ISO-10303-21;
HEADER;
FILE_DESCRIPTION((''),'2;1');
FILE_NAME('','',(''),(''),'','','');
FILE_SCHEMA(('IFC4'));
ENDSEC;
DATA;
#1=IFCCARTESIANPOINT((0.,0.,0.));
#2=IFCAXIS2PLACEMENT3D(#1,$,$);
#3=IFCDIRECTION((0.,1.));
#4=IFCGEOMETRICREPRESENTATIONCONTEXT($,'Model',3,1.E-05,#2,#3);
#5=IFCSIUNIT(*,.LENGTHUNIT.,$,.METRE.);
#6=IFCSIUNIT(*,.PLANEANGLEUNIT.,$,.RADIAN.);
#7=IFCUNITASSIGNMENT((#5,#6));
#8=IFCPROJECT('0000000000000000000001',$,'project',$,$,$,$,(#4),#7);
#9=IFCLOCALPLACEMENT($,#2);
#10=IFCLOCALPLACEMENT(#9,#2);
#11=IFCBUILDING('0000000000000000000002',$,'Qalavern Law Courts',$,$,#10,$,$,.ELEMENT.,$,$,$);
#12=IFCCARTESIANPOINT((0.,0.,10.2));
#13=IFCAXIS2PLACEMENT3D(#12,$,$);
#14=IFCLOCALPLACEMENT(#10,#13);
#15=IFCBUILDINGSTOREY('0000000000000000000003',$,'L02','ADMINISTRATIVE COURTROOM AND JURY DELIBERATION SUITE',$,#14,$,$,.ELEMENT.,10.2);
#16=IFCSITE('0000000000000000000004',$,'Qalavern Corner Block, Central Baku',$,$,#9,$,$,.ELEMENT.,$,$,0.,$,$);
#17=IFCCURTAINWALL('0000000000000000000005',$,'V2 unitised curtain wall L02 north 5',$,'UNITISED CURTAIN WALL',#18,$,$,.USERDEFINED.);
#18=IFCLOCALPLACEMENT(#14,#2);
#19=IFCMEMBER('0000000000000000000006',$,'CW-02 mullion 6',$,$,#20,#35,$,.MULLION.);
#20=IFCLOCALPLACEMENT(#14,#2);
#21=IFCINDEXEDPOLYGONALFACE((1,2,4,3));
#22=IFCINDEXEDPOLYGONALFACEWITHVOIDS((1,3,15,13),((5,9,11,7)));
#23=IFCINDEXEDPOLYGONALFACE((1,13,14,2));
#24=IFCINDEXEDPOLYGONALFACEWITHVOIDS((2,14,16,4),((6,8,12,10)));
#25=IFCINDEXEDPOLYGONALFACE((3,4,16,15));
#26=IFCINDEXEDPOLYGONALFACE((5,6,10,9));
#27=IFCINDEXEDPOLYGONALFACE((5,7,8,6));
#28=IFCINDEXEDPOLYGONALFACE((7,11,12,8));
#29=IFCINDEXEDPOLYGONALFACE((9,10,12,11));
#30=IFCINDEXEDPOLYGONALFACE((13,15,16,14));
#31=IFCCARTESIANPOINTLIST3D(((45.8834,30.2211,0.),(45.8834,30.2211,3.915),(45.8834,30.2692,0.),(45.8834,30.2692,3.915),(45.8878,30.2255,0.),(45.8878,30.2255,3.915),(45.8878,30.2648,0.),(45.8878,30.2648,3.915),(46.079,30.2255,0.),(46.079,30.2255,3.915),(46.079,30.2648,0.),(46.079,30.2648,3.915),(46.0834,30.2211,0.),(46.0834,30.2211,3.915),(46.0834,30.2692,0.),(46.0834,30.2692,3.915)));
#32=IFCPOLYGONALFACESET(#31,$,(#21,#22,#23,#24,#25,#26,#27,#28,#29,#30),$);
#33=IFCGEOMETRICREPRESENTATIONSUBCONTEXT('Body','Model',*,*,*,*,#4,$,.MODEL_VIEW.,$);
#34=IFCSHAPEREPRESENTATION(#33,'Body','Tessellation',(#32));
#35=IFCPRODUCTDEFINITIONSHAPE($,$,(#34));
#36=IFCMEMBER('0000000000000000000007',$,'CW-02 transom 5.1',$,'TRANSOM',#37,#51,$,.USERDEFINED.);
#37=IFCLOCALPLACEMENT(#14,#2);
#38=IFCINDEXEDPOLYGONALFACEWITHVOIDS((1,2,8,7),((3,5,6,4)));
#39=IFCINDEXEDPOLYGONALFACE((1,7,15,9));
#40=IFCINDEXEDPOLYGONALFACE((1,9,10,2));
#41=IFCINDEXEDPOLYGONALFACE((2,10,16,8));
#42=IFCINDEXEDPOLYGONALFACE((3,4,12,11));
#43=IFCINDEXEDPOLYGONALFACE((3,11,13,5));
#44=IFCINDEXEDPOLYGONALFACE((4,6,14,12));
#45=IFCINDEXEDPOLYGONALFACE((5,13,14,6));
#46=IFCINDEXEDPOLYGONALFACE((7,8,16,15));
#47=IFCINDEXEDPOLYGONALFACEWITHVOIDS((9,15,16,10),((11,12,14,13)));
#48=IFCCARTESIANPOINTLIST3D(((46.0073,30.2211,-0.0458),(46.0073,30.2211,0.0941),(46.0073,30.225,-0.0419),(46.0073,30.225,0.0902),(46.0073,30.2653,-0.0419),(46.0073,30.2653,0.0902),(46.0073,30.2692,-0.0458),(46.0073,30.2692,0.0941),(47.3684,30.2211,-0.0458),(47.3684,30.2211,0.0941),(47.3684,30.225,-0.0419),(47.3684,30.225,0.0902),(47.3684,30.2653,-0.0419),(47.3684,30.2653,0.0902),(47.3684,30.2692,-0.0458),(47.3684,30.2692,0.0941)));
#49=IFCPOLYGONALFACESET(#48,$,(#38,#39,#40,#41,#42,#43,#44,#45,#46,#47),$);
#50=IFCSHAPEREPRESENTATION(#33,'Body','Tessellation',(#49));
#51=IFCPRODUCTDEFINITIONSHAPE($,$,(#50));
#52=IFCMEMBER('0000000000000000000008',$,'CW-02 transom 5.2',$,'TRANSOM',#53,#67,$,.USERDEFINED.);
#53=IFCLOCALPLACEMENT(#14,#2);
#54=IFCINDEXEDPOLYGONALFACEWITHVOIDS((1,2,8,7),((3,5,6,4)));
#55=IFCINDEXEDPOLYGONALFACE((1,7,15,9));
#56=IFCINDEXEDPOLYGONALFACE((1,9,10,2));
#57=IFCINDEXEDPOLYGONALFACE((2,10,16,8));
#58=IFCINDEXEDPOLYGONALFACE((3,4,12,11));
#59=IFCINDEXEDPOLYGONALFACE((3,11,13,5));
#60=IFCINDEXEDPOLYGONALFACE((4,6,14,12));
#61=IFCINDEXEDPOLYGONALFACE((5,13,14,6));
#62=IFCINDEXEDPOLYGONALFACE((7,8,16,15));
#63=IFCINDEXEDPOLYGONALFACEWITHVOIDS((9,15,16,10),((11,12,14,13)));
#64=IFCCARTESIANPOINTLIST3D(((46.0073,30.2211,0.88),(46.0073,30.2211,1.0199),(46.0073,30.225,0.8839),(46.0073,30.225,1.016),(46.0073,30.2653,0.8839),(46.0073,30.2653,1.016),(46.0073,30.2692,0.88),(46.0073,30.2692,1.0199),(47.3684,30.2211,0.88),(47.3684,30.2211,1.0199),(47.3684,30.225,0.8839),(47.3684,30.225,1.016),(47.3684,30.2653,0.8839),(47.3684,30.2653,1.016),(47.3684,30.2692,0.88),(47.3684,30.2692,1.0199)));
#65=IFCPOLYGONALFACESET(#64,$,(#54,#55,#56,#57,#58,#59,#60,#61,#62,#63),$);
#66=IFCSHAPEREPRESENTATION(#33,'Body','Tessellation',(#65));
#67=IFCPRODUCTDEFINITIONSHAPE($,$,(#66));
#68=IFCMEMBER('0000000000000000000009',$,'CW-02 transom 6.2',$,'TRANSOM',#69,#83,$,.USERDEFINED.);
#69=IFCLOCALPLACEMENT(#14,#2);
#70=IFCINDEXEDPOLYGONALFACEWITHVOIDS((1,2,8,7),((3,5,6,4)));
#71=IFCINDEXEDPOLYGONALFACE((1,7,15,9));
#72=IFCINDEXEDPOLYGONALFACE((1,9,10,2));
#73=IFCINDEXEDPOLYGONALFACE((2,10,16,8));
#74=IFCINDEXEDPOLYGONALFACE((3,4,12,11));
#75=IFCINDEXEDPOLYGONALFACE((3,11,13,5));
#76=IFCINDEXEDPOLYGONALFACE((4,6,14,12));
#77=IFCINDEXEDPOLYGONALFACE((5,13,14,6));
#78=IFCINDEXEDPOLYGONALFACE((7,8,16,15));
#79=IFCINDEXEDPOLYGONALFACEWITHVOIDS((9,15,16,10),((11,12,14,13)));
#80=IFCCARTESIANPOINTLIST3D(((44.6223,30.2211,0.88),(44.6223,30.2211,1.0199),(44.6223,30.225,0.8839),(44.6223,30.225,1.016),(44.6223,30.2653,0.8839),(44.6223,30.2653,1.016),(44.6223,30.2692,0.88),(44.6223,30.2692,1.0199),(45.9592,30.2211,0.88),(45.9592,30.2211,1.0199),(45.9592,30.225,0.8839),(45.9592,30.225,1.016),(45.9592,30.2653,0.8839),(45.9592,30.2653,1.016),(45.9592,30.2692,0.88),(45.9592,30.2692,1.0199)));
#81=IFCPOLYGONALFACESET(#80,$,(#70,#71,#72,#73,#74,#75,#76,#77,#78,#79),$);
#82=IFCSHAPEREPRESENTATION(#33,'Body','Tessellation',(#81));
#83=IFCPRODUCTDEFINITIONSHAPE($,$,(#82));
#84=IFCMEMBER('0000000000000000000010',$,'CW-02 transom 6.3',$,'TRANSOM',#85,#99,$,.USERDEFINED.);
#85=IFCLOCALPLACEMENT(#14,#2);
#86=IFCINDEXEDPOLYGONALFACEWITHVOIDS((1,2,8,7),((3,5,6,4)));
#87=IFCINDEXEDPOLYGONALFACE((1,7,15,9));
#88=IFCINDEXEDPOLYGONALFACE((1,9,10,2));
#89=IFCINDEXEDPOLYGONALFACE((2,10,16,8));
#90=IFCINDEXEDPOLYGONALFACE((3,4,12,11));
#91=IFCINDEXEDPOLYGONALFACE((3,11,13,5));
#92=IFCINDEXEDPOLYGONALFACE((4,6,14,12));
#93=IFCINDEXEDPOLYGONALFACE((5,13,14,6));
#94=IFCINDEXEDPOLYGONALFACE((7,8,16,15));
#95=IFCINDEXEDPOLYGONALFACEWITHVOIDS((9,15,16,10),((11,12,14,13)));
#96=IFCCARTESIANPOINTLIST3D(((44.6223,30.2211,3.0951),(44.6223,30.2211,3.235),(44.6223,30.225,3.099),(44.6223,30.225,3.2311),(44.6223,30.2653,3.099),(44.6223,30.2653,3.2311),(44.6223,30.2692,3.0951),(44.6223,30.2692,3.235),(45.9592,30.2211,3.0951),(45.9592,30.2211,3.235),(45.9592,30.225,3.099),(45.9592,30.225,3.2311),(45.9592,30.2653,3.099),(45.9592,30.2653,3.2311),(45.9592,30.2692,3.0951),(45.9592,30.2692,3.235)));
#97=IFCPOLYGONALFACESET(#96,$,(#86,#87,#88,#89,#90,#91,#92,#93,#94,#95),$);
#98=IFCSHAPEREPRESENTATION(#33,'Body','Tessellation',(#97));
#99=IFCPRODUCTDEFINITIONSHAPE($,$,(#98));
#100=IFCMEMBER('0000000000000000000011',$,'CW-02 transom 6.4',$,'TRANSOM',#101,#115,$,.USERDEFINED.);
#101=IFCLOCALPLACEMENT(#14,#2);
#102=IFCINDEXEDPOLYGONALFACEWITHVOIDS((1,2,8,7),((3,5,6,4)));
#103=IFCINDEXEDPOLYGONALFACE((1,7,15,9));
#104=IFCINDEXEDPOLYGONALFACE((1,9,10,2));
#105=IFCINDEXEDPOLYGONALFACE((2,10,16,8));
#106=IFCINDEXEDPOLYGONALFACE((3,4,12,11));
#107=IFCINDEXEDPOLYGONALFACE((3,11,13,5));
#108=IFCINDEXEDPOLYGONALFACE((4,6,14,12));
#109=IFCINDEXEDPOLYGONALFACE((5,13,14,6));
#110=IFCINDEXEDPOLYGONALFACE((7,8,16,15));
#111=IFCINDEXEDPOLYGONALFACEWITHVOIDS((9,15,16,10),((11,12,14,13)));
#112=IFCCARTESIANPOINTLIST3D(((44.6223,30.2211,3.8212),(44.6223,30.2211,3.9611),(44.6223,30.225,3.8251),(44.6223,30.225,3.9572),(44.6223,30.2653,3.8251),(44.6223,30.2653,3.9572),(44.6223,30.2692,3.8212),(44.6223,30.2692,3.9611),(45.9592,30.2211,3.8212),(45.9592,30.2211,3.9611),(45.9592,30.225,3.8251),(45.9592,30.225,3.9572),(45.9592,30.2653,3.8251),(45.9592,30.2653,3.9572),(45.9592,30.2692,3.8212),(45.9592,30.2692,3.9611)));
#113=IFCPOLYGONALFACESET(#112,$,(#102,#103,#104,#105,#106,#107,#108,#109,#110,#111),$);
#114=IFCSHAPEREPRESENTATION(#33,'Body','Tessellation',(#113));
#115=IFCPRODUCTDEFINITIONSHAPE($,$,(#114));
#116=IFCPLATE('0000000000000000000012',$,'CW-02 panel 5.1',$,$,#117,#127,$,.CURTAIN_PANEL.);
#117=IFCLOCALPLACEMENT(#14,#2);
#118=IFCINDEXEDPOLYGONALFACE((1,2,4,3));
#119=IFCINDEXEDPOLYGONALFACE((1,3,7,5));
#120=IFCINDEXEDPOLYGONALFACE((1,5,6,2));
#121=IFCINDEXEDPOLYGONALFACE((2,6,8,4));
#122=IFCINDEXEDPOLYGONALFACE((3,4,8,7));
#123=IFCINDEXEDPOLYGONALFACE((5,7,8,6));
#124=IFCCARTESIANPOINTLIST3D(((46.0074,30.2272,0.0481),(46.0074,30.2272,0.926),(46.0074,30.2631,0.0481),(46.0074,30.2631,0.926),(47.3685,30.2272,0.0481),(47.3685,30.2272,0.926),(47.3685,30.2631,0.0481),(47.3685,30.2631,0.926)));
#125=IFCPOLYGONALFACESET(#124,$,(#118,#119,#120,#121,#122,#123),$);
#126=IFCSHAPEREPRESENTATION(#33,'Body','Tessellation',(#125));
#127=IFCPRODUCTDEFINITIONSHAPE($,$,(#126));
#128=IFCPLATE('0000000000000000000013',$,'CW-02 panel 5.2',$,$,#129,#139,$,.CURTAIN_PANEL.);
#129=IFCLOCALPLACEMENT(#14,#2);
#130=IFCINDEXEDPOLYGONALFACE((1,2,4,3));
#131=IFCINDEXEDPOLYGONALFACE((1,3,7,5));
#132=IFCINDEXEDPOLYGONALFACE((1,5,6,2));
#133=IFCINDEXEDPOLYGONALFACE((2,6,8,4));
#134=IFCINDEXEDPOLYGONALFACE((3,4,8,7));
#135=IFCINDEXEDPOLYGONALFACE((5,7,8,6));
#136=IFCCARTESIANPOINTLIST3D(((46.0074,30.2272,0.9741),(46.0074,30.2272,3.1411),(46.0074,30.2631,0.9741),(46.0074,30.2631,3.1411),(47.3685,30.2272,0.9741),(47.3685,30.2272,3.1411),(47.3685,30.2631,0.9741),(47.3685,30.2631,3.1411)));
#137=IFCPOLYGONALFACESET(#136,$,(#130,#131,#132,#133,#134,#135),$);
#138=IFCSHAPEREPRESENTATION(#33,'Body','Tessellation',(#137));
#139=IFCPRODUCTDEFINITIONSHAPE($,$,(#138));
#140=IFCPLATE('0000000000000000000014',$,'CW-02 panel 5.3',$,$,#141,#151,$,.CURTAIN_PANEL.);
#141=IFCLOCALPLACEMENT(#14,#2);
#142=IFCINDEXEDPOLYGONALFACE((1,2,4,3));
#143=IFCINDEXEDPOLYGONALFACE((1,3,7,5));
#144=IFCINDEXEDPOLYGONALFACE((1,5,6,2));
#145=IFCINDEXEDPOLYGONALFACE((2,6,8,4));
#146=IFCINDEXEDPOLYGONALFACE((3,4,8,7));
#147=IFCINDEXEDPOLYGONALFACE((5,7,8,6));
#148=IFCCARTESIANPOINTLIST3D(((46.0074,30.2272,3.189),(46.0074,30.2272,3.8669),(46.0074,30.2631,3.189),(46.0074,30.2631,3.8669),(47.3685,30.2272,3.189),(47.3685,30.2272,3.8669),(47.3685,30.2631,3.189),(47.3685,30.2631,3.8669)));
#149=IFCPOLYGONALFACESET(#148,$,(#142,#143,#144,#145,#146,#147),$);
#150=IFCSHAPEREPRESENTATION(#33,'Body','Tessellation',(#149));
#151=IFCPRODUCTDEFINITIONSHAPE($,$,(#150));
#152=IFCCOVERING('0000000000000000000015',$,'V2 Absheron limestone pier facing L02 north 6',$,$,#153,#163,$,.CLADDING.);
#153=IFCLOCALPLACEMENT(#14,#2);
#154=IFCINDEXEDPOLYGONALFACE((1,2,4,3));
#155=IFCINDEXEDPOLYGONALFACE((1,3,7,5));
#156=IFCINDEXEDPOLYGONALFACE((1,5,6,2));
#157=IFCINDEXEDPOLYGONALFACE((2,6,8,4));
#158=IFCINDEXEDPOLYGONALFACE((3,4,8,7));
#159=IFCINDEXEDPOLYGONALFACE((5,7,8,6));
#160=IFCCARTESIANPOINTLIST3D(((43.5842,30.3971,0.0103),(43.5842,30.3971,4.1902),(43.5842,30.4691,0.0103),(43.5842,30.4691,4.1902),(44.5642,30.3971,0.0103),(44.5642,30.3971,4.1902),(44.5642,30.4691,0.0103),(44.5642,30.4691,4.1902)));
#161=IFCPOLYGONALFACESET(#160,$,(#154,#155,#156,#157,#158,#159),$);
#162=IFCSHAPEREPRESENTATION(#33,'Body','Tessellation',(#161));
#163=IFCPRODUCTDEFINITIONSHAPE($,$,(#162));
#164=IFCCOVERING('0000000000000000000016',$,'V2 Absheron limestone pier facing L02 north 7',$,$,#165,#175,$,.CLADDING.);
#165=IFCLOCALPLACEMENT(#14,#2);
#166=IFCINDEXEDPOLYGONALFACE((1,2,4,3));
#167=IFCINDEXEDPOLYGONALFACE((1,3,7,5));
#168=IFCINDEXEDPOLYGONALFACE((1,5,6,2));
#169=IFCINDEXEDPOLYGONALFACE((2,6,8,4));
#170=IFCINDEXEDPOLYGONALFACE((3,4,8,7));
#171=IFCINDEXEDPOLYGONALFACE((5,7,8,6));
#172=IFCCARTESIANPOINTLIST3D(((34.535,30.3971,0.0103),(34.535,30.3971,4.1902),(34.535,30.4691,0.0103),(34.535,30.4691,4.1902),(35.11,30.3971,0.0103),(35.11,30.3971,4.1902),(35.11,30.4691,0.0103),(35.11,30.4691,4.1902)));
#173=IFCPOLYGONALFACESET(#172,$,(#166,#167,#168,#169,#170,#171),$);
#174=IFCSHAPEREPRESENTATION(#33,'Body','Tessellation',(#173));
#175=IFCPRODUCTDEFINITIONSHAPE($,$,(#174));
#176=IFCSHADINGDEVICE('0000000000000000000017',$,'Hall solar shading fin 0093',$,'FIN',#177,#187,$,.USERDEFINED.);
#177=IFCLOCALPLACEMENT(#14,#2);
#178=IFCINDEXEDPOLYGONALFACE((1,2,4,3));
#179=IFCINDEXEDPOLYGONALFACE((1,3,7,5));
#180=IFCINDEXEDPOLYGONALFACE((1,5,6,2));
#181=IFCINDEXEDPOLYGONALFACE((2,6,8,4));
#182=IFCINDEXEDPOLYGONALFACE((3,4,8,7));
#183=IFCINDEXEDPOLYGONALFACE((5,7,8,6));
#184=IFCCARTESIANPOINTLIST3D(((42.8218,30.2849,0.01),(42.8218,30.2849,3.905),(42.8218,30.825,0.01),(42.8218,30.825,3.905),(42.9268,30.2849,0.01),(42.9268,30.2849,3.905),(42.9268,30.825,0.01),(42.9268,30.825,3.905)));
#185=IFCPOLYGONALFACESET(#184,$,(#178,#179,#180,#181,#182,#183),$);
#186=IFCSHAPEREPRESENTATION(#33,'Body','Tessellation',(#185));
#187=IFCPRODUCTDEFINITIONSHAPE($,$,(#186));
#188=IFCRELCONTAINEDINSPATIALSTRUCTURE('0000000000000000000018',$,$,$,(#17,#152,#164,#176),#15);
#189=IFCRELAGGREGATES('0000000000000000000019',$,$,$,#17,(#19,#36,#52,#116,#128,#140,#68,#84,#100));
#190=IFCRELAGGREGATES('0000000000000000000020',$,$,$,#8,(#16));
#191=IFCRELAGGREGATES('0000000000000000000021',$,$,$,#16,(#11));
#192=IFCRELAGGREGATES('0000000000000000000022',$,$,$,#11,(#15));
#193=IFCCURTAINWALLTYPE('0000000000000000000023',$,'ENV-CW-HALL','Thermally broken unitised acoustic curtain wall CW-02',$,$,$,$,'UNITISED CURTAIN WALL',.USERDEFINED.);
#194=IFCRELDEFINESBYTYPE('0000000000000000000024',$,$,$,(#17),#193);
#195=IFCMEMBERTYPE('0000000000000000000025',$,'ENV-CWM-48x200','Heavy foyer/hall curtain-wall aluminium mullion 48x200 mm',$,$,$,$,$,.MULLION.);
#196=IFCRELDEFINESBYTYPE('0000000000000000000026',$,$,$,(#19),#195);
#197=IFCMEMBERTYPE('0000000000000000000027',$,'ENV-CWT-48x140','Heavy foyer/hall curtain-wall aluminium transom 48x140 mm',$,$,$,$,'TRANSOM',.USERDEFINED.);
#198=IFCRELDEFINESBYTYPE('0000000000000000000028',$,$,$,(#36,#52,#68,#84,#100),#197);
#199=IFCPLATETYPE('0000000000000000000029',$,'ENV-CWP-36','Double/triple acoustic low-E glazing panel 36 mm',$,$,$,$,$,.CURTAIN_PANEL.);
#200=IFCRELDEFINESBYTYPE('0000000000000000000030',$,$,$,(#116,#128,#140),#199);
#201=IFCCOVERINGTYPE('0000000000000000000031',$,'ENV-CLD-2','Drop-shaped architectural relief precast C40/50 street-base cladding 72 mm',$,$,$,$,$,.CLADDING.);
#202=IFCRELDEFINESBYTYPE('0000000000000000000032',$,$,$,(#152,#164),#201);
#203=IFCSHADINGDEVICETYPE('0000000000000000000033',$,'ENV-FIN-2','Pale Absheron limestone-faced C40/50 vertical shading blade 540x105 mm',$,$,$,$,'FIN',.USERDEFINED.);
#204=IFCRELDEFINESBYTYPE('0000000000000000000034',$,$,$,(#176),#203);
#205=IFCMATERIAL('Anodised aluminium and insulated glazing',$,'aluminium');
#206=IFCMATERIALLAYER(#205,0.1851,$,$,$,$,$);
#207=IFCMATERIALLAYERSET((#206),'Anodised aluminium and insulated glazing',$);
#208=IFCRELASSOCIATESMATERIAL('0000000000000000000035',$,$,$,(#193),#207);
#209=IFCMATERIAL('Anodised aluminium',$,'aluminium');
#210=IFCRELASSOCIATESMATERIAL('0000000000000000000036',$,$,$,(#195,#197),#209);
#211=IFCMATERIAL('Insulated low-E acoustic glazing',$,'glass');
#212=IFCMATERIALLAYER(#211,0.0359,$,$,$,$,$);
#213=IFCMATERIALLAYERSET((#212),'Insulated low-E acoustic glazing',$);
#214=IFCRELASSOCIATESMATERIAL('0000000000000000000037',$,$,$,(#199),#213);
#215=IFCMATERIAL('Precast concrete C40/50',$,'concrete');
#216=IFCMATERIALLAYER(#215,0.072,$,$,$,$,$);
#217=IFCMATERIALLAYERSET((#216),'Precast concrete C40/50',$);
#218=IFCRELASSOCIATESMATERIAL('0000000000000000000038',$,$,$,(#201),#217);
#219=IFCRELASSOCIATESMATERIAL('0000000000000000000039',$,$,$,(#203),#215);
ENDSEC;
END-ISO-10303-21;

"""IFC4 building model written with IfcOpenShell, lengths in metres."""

from ifc_helpers import new_model, si_unit, direction, frame, origin, origin_2d, place, context, subcontext, project, spatial, rectangle, hollow_rectangle, extrude, material, layer, layer_set, material_profile, profile_set, type_object, element, aggregate, save


model = new_model("IFC4")

# Units and contexts
model_context = context("Model", 3, precision=1e-05, world=origin(), true_north=direction((0.0, 1.0)))
body_context = subcontext(model_context, "Body", "Model", "MODEL_VIEW")
ifc_project = project(units=[si_unit("LENGTHUNIT", "METRE"), si_unit("PLANEANGLEUNIT", "RADIAN")], contexts=[model_context])

# Site, building, storey
site_placement = place(None, origin())
site = spatial("IfcSite", under=ifc_project, at=site_placement, Name="Qalavern Corner Block, Central Baku", CompositionType="ELEMENT", RefElevation=0.0)
building_placement = place(site_placement, origin())
building = spatial("IfcBuilding", under=site, at=building_placement, Name="Qalavern Law Courts", CompositionType="ELEMENT")
storey_placement = place(building_placement, frame((0.0, 0.0, 10.2)))
storey = spatial("IfcBuildingStorey", under=building, at=storey_placement, Name="L02", Description="ADMINISTRATIVE COURTROOM AND JURY DELIBERATION SUITE", CompositionType="ELEMENT", Elevation=10.2)

# Curtain wall, members, plates
ifc_material_1 = material(Name="Anodised aluminium and insulated glazing", Category="aluminium")
ifc_layer_1 = layer(ifc_material_1, 0.1851)
ifc_layer_set_1 = layer_set([ifc_layer_1], Name="Anodised aluminium and insulated glazing")
curtain_wall_type = type_object("IfcCurtainWallType", Name="ENV-CW-HALL", Description="Thermally broken unitised acoustic curtain wall CW-02", ElementType="UNITISED CURTAIN WALL", PredefinedType="USERDEFINED", material=ifc_layer_set_1)
curtain_wall_placement = place(storey_placement, origin())
curtain_wall = element("IfcCurtainWall", 1, at=curtain_wall_placement, inside=storey, type_object=curtain_wall_type, Name="V2 unitised curtain wall L02 north 5", ObjectType="UNITISED CURTAIN WALL", PredefinedType="USERDEFINED")
ifc_material_2 = material(Name="Anodised aluminium", Category="aluminium")
ifc_material_profile_1 = material_profile(ifc_material_2, hollow_rectangle(XDim=0.0481, YDim=0.2, WallThickness=0.0044, at=origin_2d()), Name="ALU MULLION 48x200")
ifc_profile_set_1 = profile_set([ifc_material_profile_1], Name="Anodised aluminium")
member_type_1 = type_object("IfcMemberType", Name="ENV-CWM-48x200", Description="Heavy foyer/hall curtain-wall aluminium mullion 48x200 mm", PredefinedType="MULLION", material=ifc_profile_set_1)
member_1_placement = place(storey_placement, frame((45.9834, 30.2451, 0.0), z_axis=(0.0, 0.0, 1.0), x_axis=(0.0, -1.0, 0.0)))
member_1 = element("IfcMember", 2, at=member_1_placement, type_object=member_type_1, Name="CW-02 mullion 6", PredefinedType="MULLION", context=body_context, shape_type="SweptSolid", body=[
    extrude(hollow_rectangle(XDim=0.0481, YDim=0.2, WallThickness=0.0044, at=origin_2d()), origin(), (0.0, 0.0, 1.0), 3.915),
])
ifc_material_profile_2 = material_profile(ifc_material_2, hollow_rectangle(XDim=0.0481, YDim=0.1399, WallThickness=0.0039, at=origin_2d()), Name="ALU TRANSOM 48x140")
ifc_profile_set_2 = profile_set([ifc_material_profile_2], Name="Anodised aluminium")
member_type_2 = type_object("IfcMemberType", Name="ENV-CWT-48x140", Description="Heavy foyer/hall curtain-wall aluminium transom 48x140 mm", ElementType="TRANSOM", PredefinedType="USERDEFINED", material=ifc_profile_set_2)
member_2_placement = place(storey_placement, frame((47.3684, 30.2451, 0.0242), z_axis=(-1.0, 0.0, 0.0), x_axis=(0.0, -1.0, 0.0)))
member_2 = element("IfcMember", 3, at=member_2_placement, type_object=member_type_2, Name="CW-02 transom 5.1", ObjectType="TRANSOM", PredefinedType="USERDEFINED", context=body_context, shape_type="SweptSolid", body=[
    extrude(hollow_rectangle(XDim=0.0481, YDim=0.1399, WallThickness=0.0039, at=origin_2d()), origin(), (0.0, 0.0, 1.0), 1.3611),
])
member_3_placement = place(storey_placement, frame((47.3684, 30.2451, 0.95), z_axis=(-1.0, 0.0, 0.0), x_axis=(0.0, -1.0, 0.0)))
member_3 = element("IfcMember", 4, at=member_3_placement, type_object=member_type_2, Name="CW-02 transom 5.2", ObjectType="TRANSOM", PredefinedType="USERDEFINED", context=body_context, shape_type="SweptSolid", body=[
    extrude(hollow_rectangle(XDim=0.0481, YDim=0.1399, WallThickness=0.0039, at=origin_2d()), origin(), (0.0, 0.0, 1.0), 1.3611),
])
member_4_placement = place(storey_placement, frame((45.9592, 30.2451, 0.95), z_axis=(-1.0, 0.0, 0.0), x_axis=(0.0, -1.0, 0.0)))
member_4 = element("IfcMember", 5, at=member_4_placement, type_object=member_type_2, Name="CW-02 transom 6.2", ObjectType="TRANSOM", PredefinedType="USERDEFINED", context=body_context, shape_type="SweptSolid", body=[
    extrude(hollow_rectangle(XDim=0.0481, YDim=0.1399, WallThickness=0.0039, at=origin_2d()), origin(), (0.0, 0.0, 1.0), 1.3369),
])
member_5_placement = place(storey_placement, frame((45.9592, 30.2451, 3.165), z_axis=(-1.0, 0.0, 0.0), x_axis=(0.0, -1.0, 0.0)))
member_5 = element("IfcMember", 6, at=member_5_placement, type_object=member_type_2, Name="CW-02 transom 6.3", ObjectType="TRANSOM", PredefinedType="USERDEFINED", context=body_context, shape_type="SweptSolid", body=[
    extrude(hollow_rectangle(XDim=0.0481, YDim=0.1399, WallThickness=0.0039, at=origin_2d()), origin(), (0.0, 0.0, 1.0), 1.3369),
])
member_6_placement = place(storey_placement, frame((45.9592, 30.2451, 3.8911), z_axis=(-1.0, 0.0, 0.0), x_axis=(0.0, -1.0, 0.0)))
member_6 = element("IfcMember", 7, at=member_6_placement, type_object=member_type_2, Name="CW-02 transom 6.4", ObjectType="TRANSOM", PredefinedType="USERDEFINED", context=body_context, shape_type="SweptSolid", body=[
    extrude(hollow_rectangle(XDim=0.0481, YDim=0.1399, WallThickness=0.0039, at=origin_2d()), origin(), (0.0, 0.0, 1.0), 1.3369),
])
ifc_material_3 = material(Name="Insulated low-E acoustic glazing", Category="glass")
ifc_layer_2 = layer(ifc_material_3, 0.0359)
ifc_layer_set_2 = layer_set([ifc_layer_2], Name="Insulated low-E acoustic glazing")
plate_type = type_object("IfcPlateType", Name="ENV-CWP-36", Description="Double/triple acoustic low-E glazing panel 36 mm", PredefinedType="CURTAIN_PANEL", material=ifc_layer_set_2)
plate_1_placement = place(storey_placement, frame((46.688, 30.2451, 0.0481), z_axis=(0.0, 0.0, 1.0), x_axis=(-1.0, 0.0, 0.0)))
plate_1 = element("IfcPlate", 8, at=plate_1_placement, type_object=plate_type, Name="CW-02 panel 5.1", PredefinedType="CURTAIN_PANEL", context=body_context, shape_type="SweptSolid", body=[
    extrude(rectangle(XDim=1.3611, YDim=0.0359, at=origin_2d()), origin(), (0.0, 0.0, 1.0), 0.8779),
])
plate_2_placement = place(storey_placement, frame((46.688, 30.2451, 0.9741), z_axis=(0.0, 0.0, 1.0), x_axis=(-1.0, 0.0, 0.0)))
plate_2 = element("IfcPlate", 9, at=plate_2_placement, type_object=plate_type, Name="CW-02 panel 5.2", PredefinedType="CURTAIN_PANEL", context=body_context, shape_type="SweptSolid", body=[
    extrude(rectangle(XDim=1.3611, YDim=0.0359, at=origin_2d()), origin(), (0.0, 0.0, 1.0), 2.167),
])
plate_3_placement = place(storey_placement, frame((46.688, 30.2451, 3.189), z_axis=(0.0, 0.0, 1.0), x_axis=(-1.0, 0.0, 0.0)))
plate_3 = element("IfcPlate", 10, at=plate_3_placement, type_object=plate_type, Name="CW-02 panel 5.3", PredefinedType="CURTAIN_PANEL", context=body_context, shape_type="SweptSolid", body=[
    extrude(rectangle(XDim=1.3611, YDim=0.0359, at=origin_2d()), origin(), (0.0, 0.0, 1.0), 0.678),
])
aggregate(curtain_wall, [member_1, member_2, member_3, plate_1, plate_2, plate_3, member_4, member_5, member_6])

# Coverings
ifc_material_4 = material(Name="Precast concrete C40/50", Category="concrete")
ifc_layer_3 = layer(ifc_material_4, 0.072)
ifc_layer_set_3 = layer_set([ifc_layer_3], Name="Precast concrete C40/50")
covering_type = type_object("IfcCoveringType", Name="ENV-CLD-2", Description="Drop-shaped architectural relief precast C40/50 street-base cladding 72 mm", PredefinedType="CLADDING", material=ifc_layer_set_3)
covering_1_placement = place(storey_placement, frame((44.0742, 30.4331, 0.0103), z_axis=(0.0, 0.0, 1.0), x_axis=(-1.0, 0.0, 0.0)))
element("IfcCovering", 11, at=covering_1_placement, inside=storey, type_object=covering_type, Name="V2 Absheron limestone pier facing L02 north 6", PredefinedType="CLADDING", context=body_context, shape_type="SweptSolid", body=[
    extrude(rectangle(XDim=0.98, YDim=0.072, at=origin_2d()), origin(), (0.0, 0.0, 1.0), 4.1799),
])
covering_2_placement = place(storey_placement, frame((34.8225, 30.4331, 0.0103), z_axis=(0.0, 0.0, 1.0), x_axis=(-1.0, 0.0, 0.0)))
element("IfcCovering", 12, at=covering_2_placement, inside=storey, type_object=covering_type, Name="V2 Absheron limestone pier facing L02 north 7", PredefinedType="CLADDING", context=body_context, shape_type="SweptSolid", body=[
    extrude(rectangle(XDim=0.575, YDim=0.072, at=origin_2d()), origin(), (0.0, 0.0, 1.0), 4.1799),
])

# Shading device
shading_device_type_1 = type_object("IfcShadingDeviceType", Name="ENV-FIN-2", Description="Pale Absheron limestone-faced C40/50 vertical shading blade 540x105 mm", ElementType="FIN", PredefinedType="USERDEFINED", material=ifc_material_4)
for number, where, z_axis, x_axis, name in (
    (13, (42.8743, 30.5549, 0.01), (0.0, 0.0, 1.0), (0.0, 1.0, 0.0), "Hall solar shading fin 0093"),
):
    element("IfcShadingDevice", number, at=place(storey_placement, frame(where, z_axis=z_axis, x_axis=x_axis)), inside=storey, type_object=shading_device_type_1, Name=name, ObjectType="FIN", PredefinedType="USERDEFINED", context=body_context, shape_type="SweptSolid", body=[
        extrude(rectangle(XDim=0.54, YDim=0.105, at=origin_2d()), origin(), (0.0, 0.0, 1.0), 3.895),
    ])

save(model, "model.ifc")
